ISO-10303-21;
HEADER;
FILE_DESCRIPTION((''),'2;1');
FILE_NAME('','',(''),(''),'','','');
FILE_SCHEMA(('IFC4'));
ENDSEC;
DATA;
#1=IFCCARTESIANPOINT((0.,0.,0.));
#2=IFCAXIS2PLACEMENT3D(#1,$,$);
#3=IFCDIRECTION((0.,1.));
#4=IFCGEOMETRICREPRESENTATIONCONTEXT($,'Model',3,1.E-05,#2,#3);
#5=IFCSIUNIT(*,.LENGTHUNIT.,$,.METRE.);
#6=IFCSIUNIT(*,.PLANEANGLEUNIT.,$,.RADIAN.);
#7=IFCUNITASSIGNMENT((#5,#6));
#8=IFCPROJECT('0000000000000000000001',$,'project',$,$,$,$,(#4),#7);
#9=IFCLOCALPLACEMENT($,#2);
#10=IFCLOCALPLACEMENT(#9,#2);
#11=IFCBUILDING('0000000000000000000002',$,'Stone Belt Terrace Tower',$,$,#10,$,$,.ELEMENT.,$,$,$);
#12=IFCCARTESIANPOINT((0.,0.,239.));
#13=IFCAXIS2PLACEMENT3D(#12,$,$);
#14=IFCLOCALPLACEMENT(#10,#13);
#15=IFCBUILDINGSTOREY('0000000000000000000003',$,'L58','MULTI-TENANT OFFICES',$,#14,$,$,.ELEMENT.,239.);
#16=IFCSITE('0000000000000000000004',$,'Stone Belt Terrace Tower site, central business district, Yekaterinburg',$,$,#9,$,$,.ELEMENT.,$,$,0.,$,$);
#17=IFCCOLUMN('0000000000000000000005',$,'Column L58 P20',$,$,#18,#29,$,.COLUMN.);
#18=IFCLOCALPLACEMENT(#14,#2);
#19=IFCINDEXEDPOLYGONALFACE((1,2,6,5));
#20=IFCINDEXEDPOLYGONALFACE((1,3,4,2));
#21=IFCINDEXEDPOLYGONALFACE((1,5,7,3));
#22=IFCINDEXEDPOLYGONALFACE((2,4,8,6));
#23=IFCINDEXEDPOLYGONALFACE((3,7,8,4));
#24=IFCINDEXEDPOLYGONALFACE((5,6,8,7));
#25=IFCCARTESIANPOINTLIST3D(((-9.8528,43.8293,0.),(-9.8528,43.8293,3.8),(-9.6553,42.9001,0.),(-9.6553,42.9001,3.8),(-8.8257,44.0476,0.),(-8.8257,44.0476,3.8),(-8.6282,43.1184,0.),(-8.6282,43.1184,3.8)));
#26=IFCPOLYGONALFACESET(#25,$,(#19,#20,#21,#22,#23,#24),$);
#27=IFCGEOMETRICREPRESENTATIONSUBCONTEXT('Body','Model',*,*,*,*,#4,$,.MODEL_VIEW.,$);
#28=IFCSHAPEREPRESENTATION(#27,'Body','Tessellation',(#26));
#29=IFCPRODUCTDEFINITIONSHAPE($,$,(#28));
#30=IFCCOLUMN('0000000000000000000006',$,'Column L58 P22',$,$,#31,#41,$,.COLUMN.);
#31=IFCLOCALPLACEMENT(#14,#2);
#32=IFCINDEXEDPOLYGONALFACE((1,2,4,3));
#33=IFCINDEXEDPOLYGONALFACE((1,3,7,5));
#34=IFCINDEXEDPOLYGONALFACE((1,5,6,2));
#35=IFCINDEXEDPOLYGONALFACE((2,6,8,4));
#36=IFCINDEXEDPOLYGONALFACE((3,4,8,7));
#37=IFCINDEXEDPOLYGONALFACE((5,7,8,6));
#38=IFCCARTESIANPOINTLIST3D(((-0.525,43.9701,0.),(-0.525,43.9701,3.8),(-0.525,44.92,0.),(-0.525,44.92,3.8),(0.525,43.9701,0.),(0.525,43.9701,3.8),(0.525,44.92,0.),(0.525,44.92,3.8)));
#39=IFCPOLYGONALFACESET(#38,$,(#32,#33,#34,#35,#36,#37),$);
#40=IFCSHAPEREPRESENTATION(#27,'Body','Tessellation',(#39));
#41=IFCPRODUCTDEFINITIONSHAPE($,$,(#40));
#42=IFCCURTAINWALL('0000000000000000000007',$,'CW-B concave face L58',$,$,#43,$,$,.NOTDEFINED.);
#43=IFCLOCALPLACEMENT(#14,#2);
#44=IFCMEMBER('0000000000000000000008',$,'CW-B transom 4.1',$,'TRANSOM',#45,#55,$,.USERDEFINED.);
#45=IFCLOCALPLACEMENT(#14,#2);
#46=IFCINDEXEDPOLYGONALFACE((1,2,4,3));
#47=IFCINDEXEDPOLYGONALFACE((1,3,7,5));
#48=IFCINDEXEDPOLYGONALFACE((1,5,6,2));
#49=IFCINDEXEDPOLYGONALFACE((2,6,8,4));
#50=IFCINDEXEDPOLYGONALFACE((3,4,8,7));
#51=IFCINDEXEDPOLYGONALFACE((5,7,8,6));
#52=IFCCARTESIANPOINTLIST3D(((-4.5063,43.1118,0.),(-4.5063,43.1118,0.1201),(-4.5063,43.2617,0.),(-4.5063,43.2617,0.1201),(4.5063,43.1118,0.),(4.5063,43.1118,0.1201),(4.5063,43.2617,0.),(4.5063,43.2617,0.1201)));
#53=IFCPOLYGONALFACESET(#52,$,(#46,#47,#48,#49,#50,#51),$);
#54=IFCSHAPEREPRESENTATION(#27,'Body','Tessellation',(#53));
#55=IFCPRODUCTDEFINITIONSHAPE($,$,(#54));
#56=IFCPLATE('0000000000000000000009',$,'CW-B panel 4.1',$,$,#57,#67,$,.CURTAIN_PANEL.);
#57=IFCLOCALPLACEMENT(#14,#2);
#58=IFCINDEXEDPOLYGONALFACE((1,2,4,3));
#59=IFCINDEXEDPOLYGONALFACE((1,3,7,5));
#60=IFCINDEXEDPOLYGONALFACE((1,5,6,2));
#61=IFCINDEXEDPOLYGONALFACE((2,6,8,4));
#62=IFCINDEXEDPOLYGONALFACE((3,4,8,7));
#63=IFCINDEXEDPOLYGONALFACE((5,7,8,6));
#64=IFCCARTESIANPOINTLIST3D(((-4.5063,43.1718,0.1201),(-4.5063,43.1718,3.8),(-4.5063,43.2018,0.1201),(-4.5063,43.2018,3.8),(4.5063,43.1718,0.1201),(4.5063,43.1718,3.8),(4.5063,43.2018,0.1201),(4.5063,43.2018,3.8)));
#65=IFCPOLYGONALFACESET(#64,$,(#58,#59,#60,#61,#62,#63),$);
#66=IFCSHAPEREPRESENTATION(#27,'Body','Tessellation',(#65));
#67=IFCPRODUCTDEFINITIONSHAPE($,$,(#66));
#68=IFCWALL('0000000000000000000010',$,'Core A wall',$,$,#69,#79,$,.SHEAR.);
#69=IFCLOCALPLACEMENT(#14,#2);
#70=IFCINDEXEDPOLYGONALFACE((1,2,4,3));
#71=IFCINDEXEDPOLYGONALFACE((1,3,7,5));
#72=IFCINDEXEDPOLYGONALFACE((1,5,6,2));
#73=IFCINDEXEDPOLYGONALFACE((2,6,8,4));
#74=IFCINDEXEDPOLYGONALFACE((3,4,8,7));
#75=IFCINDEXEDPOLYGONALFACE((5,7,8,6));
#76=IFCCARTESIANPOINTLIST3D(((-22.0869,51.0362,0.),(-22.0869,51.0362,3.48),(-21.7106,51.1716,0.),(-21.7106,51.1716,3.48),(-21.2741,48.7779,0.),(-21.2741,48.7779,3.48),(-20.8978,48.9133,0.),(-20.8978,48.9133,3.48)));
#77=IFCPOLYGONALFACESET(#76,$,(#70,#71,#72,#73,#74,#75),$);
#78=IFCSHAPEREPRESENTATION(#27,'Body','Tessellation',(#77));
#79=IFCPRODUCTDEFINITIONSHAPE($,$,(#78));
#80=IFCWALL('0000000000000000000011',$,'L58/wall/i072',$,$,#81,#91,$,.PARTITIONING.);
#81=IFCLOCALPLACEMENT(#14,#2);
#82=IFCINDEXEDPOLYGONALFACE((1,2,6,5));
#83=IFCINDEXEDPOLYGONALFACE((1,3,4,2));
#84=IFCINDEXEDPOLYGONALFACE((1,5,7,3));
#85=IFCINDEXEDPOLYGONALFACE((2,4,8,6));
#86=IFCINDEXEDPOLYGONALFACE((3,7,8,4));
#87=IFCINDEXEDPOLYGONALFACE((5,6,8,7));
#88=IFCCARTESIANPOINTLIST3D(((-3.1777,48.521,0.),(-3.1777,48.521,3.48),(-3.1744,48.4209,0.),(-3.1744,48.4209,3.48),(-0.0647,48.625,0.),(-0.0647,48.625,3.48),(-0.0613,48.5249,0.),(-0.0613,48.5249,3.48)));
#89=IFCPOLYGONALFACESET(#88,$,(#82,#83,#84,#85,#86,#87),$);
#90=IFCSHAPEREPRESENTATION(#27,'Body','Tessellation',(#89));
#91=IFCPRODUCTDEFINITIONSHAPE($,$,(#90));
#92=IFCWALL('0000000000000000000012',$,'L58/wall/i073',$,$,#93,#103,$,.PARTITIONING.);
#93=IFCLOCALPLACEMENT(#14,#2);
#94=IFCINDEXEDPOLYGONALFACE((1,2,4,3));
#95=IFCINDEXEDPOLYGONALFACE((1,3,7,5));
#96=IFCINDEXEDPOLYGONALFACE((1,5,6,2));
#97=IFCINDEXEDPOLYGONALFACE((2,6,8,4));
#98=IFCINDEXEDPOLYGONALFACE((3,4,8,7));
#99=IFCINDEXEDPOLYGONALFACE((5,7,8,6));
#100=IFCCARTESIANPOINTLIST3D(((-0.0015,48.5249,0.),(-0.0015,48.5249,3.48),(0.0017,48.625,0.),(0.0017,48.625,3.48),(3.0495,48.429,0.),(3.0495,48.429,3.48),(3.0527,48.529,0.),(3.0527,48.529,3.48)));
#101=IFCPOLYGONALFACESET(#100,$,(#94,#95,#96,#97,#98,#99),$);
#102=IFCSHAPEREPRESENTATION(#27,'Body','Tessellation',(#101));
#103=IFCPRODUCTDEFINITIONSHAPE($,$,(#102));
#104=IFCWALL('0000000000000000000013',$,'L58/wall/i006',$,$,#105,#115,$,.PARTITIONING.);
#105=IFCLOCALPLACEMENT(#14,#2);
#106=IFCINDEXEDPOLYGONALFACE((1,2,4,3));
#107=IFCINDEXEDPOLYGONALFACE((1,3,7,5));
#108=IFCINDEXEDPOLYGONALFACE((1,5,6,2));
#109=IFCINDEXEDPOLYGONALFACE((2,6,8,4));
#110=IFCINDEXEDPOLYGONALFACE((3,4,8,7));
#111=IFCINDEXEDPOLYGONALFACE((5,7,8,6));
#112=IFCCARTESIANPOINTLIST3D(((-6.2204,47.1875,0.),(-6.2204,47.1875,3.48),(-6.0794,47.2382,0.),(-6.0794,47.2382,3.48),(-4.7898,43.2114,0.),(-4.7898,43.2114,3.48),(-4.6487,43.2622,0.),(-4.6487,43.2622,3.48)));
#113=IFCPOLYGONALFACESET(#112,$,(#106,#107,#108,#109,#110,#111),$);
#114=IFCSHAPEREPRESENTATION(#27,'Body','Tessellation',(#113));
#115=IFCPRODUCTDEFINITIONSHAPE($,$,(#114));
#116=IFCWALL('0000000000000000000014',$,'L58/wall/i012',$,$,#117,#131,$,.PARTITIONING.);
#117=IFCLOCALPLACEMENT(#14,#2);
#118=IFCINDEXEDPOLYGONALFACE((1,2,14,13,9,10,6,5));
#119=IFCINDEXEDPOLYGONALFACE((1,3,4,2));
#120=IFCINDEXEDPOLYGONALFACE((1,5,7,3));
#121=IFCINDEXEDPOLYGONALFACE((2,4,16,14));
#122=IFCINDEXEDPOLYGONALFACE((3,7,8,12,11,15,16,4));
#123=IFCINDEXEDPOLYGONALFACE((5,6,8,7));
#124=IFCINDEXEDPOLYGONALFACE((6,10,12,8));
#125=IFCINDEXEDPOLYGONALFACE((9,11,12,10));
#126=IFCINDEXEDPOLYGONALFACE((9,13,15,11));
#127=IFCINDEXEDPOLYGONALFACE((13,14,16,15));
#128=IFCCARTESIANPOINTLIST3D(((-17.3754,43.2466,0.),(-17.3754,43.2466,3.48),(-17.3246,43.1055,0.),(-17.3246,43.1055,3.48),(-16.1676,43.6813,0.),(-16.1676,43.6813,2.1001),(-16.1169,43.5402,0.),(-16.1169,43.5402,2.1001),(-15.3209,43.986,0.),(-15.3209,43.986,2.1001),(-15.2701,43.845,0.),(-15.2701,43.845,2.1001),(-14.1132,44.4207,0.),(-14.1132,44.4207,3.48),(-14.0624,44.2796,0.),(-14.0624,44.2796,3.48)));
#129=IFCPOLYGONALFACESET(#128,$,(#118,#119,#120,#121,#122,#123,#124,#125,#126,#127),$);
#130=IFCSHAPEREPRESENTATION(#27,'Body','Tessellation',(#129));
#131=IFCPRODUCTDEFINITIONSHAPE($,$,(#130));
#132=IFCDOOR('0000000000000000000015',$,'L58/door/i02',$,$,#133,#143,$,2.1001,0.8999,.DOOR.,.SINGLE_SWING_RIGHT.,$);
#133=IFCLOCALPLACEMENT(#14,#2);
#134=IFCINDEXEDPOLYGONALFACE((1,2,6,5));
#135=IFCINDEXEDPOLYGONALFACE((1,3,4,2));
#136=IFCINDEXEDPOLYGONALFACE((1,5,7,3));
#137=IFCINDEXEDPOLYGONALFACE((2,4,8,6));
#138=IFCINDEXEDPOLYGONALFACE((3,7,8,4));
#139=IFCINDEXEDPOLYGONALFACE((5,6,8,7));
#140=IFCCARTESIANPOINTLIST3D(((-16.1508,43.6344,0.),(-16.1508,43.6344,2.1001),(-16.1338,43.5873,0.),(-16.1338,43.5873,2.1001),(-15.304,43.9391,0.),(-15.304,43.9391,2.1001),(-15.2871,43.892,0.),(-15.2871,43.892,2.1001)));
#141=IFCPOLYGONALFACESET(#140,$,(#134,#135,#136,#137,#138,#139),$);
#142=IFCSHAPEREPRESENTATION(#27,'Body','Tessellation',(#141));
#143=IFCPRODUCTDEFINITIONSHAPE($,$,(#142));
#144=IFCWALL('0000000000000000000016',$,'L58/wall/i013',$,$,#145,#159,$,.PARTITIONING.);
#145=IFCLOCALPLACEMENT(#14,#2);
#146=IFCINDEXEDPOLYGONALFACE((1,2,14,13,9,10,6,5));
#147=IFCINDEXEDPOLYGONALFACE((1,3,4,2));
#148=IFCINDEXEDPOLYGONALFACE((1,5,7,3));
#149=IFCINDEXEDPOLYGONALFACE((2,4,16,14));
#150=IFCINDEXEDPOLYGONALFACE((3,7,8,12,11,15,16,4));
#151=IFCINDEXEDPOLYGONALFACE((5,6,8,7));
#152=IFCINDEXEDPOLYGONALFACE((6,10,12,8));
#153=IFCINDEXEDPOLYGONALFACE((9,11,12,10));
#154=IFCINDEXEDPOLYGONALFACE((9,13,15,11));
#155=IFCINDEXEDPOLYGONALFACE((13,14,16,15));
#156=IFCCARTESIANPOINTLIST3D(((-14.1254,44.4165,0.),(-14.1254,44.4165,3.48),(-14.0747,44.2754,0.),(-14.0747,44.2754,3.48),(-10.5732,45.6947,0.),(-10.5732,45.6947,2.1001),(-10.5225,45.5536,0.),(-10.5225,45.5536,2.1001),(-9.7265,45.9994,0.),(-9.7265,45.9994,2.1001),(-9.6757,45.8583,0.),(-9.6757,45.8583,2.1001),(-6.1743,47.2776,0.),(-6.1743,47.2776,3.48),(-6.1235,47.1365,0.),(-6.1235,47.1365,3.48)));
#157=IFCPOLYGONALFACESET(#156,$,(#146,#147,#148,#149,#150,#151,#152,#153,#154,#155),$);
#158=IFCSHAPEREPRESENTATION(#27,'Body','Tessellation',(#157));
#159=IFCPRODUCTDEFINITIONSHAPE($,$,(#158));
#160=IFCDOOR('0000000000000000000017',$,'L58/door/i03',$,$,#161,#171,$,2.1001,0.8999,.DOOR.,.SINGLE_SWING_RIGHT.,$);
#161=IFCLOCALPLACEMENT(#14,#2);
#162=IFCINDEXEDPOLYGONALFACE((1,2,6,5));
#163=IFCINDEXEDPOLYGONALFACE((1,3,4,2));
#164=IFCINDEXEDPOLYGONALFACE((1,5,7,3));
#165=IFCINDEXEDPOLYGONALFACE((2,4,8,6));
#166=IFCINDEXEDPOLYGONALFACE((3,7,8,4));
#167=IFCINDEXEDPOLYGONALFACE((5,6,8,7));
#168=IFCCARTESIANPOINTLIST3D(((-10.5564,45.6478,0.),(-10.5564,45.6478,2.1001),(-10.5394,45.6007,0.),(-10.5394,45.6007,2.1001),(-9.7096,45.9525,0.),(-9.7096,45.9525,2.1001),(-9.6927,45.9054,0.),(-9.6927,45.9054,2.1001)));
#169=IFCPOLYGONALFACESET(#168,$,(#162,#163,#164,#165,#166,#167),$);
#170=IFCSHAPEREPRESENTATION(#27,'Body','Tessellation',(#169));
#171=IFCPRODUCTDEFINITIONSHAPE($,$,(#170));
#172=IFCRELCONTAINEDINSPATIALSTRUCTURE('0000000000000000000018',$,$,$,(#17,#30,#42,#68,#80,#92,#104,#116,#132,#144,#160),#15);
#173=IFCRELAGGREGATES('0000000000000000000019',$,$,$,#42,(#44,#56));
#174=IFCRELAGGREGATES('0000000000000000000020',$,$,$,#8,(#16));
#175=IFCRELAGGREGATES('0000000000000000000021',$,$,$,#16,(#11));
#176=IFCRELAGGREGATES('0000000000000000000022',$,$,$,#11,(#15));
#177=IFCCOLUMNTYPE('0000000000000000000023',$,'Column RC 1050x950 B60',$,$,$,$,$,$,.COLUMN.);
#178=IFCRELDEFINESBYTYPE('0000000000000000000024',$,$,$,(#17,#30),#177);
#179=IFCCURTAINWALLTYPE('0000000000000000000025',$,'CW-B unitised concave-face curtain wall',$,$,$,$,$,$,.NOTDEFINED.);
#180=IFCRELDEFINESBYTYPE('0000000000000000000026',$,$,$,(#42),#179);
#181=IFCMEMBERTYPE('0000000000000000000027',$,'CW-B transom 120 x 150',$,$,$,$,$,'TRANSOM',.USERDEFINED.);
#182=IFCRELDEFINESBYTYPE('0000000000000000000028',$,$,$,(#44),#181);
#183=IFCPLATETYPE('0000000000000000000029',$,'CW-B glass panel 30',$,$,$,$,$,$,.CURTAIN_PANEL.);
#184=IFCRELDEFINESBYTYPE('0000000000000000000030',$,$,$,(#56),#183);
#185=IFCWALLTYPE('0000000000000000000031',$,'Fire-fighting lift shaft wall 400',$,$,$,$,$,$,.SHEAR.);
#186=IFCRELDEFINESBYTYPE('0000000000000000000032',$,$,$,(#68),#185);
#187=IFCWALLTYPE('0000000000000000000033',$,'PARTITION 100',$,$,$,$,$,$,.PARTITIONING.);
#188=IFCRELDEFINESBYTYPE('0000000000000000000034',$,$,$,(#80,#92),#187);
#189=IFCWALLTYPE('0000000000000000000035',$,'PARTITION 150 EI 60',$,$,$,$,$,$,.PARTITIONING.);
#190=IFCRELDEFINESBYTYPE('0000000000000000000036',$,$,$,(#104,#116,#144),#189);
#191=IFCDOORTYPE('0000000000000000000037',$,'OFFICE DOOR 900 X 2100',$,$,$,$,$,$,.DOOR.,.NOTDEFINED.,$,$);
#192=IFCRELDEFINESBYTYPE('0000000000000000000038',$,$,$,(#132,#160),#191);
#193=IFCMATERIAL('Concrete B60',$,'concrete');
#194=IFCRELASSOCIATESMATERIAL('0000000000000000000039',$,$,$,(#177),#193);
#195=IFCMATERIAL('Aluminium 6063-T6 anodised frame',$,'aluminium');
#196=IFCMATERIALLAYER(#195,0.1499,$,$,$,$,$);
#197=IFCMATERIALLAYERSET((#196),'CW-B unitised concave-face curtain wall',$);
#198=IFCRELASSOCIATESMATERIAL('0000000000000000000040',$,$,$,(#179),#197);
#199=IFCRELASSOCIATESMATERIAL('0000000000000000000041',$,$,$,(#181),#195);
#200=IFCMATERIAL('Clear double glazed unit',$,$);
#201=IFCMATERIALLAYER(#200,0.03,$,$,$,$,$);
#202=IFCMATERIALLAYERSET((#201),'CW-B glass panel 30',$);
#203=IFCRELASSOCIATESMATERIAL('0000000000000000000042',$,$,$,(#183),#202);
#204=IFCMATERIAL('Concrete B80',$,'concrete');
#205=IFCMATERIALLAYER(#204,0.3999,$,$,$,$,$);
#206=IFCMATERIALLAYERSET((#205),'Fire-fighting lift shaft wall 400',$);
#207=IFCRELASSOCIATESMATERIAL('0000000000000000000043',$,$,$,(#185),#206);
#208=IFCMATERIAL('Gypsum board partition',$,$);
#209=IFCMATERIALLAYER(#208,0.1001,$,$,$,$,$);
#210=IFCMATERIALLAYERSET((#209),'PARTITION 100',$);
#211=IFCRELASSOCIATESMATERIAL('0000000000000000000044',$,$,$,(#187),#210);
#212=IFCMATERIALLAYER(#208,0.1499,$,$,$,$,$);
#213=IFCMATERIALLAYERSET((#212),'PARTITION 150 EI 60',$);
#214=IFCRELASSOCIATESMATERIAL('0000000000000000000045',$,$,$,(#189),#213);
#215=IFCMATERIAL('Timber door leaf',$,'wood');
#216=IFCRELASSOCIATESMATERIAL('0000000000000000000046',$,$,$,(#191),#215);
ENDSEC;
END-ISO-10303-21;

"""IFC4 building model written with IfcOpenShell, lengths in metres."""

from ifc_helpers import new_model, si_unit, direction, frame, frame_2d, origin, origin_2d, place, context, subcontext, project, spatial, rectangle, extrude, material, layer, layer_set, material_profile, profile_set, type_object, element, fill, aggregate, save


model = new_model("IFC4")

# Units and contexts
model_context = context("Model", 3, precision=1e-05, world=origin(), true_north=direction((0.0, 1.0)))
body_context = subcontext(model_context, "Body", "Model", "MODEL_VIEW")
ifc_project = project(units=[si_unit("LENGTHUNIT", "METRE"), si_unit("PLANEANGLEUNIT", "RADIAN")], contexts=[model_context])

# Site, building, storey
site_placement = place(None, origin())
site = spatial("IfcSite", under=ifc_project, at=site_placement, Name="Stone Belt Terrace Tower site, central business district, Yekaterinburg", CompositionType="ELEMENT", RefElevation=0.0)
building_placement = place(site_placement, origin())
building = spatial("IfcBuilding", under=site, at=building_placement, Name="Stone Belt Terrace Tower", CompositionType="ELEMENT")
storey_placement = place(building_placement, frame((0.0, 0.0, 239.0)))
storey = spatial("IfcBuildingStorey", under=building, at=storey_placement, Name="L58", Description="MULTI-TENANT OFFICES", CompositionType="ELEMENT", Elevation=239.0)

# Columns
ifc_material_1 = material(Name="Concrete B60", Category="concrete")
ifc_material_profile_1 = material_profile(ifc_material_1, rectangle(XDim=1.05, YDim=0.95, at=origin_2d()), Name="RC 1050x950")
ifc_profile_set_1 = profile_set([ifc_material_profile_1], Name="Concrete B60")
column_type = type_object("IfcColumnType", Name="Column RC 1050x950 B60", PredefinedType="COLUMN", material=ifc_profile_set_1)
for number, where, z_axis, x_axis, name in (
    (1, (-9.2405, 43.4739, 0.0), (0.0, 0.0, 1.0), (0.978148, 0.207912, 0.0), "Column L58 P20"),
    (2, (0.0, 44.4451, 0.0), (0.0, 0.0, 1.0), (1.0, 0.0, 0.0), "Column L58 P22"),
):
    element("IfcColumn", number, at=place(storey_placement, frame(where, z_axis=z_axis, x_axis=x_axis)), inside=storey, type_object=column_type, Name=name, PredefinedType="COLUMN", context=body_context, shape_type="SweptSolid", body=[
        extrude(rectangle(XDim=1.05, YDim=0.95, at=origin_2d()), origin(), (0.0, 0.0, 1.0), 3.8),
    ])

# Curtain wall, member, plate
ifc_material_2 = material(Name="Aluminium 6063-T6 anodised frame", Category="aluminium")
ifc_layer_1 = layer(ifc_material_2, 0.1499)
ifc_layer_set_1 = layer_set([ifc_layer_1], Name="CW-B unitised concave-face curtain wall")
curtain_wall_type = type_object("IfcCurtainWallType", Name="CW-B unitised concave-face curtain wall", PredefinedType="NOTDEFINED", material=ifc_layer_set_1)
curtain_wall_placement = place(storey_placement, origin())
curtain_wall = element("IfcCurtainWall", 3, at=curtain_wall_placement, inside=storey, type_object=curtain_wall_type, Name="CW-B concave face L58", PredefinedType="NOTDEFINED")
ifc_material_profile_2 = material_profile(ifc_material_2, rectangle(XDim=0.1499, YDim=0.1201, at=origin_2d()), Name="Aluminium 6063-T6 150x120")
ifc_profile_set_2 = profile_set([ifc_material_profile_2], Name="Aluminium 6063-T6 anodised frame")
member_type = type_object("IfcMemberType", Name="CW-B transom 120 x 150", ElementType="TRANSOM", PredefinedType="USERDEFINED", material=ifc_profile_set_2)
member_placement = place(storey_placement, frame((-4.5063, 43.1868, 0.0601), z_axis=(1.0, 0.0, 0.0), x_axis=(0.0, 1.0, 0.0)))
member = element("IfcMember", 4, at=member_placement, type_object=member_type, Name="CW-B transom 4.1", ObjectType="TRANSOM", PredefinedType="USERDEFINED", context=body_context, shape_type="SweptSolid", body=[
    extrude(rectangle(XDim=0.1499, YDim=0.1201, at=origin_2d()), origin(), (0.0, 0.0, 1.0), 9.0127),
])
ifc_material_3 = material(Name="Clear double glazed unit")
ifc_layer_2 = layer(ifc_material_3, 0.03)
ifc_layer_set_2 = layer_set([ifc_layer_2], Name="CW-B glass panel 30")
plate_type = type_object("IfcPlateType", Name="CW-B glass panel 30", PredefinedType="CURTAIN_PANEL", material=ifc_layer_set_2)
plate_placement = place(storey_placement, frame((0.0, 43.1868, 0.1201), z_axis=(0.0, 0.0, 1.0), x_axis=(1.0, 0.0, 0.0)))
plate = element("IfcPlate", 5, at=plate_placement, type_object=plate_type, Name="CW-B panel 4.1", PredefinedType="CURTAIN_PANEL", context=body_context, shape_type="SweptSolid", body=[
    extrude(rectangle(XDim=9.0127, YDim=0.03, at=origin_2d()), origin(), (0.0, 0.0, 1.0), 3.6799),
])
aggregate(curtain_wall, [member, plate])

# Walls
ifc_material_4 = material(Name="Concrete B80", Category="concrete")
ifc_layer_3 = layer(ifc_material_4, 0.3999)
ifc_layer_set_3 = layer_set([ifc_layer_3], Name="Fire-fighting lift shaft wall 400")
wall_type_1 = type_object("IfcWallType", Name="Fire-fighting lift shaft wall 400", PredefinedType="SHEAR", material=ifc_layer_set_3)
wall_1_placement = place(storey_placement, frame((-21.0859, 48.8455, 0.0), z_axis=(0.0, 0.0, 1.0), x_axis=(-0.338629, 0.94092, 0.0)))
element("IfcWall", 6, at=wall_1_placement, inside=storey, type_object=wall_type_1, Name="Core A wall", PredefinedType="SHEAR", context=body_context, shape_type="SweptSolid", body=[
    extrude(rectangle(XDim=2.4001, YDim=0.3999, at=frame_2d((1.2002, 0.0))), origin(), (0.0, 0.0, 1.0), 3.48),
])
ifc_material_5 = material(Name="Gypsum board partition")
ifc_layer_4 = layer(ifc_material_5, 0.1001)
ifc_layer_set_4 = layer_set([ifc_layer_4], Name="PARTITION 100")
wall_type_2 = type_object("IfcWallType", Name="PARTITION 100", PredefinedType="PARTITIONING", material=ifc_layer_set_4)
wall_2_placement = place(storey_placement, frame((-3.176, 48.4709, 0.0), z_axis=(0.0, 0.0, 1.0), x_axis=(0.999442, 0.033391, 0.0)))
element("IfcWall", 7, at=wall_2_placement, inside=storey, type_object=wall_type_2, Name="L58/wall/i072", PredefinedType="PARTITIONING", context=body_context, shape_type="SweptSolid", body=[
    extrude(rectangle(XDim=3.1147, YDim=0.1001, at=frame_2d((1.5574, 0.0))), origin(), (0.0, 0.0, 1.0), 3.48),
])
wall_3_placement = place(storey_placement, frame((0.0, 48.575, 0.0), z_axis=(0.0, 0.0, 1.0), x_axis=(0.999506, -0.031432, 0.0)))
element("IfcWall", 8, at=wall_3_placement, inside=storey, type_object=wall_type_2, Name="L58/wall/i073", PredefinedType="PARTITIONING", context=body_context, shape_type="SweptSolid", body=[
    extrude(rectangle(XDim=3.0525, YDim=0.1001, at=frame_2d((1.5264, 0.0))), origin(), (0.0, 0.0, 1.0), 3.48),
])
ifc_layer_5 = layer(ifc_material_5, 0.1499)
ifc_layer_set_5 = layer_set([ifc_layer_5], Name="PARTITION 150 EI 60")
wall_type_3 = type_object("IfcWallType", Name="PARTITION 150 EI 60", PredefinedType="PARTITIONING", material=ifc_layer_set_5)
wall_4_placement = place(storey_placement, frame((-4.7192, 43.2368, 0.0), z_axis=(0.0, 0.0, 1.0), x_axis=(-0.338568, 0.940942, 0.0)))
element("IfcWall", 9, at=wall_4_placement, inside=storey, type_object=wall_type_3, Name="L58/wall/i006", PredefinedType="PARTITIONING", context=body_context, shape_type="SweptSolid", body=[
    extrude(rectangle(XDim=4.2256, YDim=0.1499, at=frame_2d((2.1128, 0.0))), origin(), (0.0, 0.0, 1.0), 3.48),
])

# Walls, openings, doors
wall_5_placement = place(storey_placement, frame((-14.0879, 44.3501, 0.0), z_axis=(0.0, 0.0, 1.0), x_axis=(-0.940917, -0.338637, 0.0)))
wall_5 = element("IfcWall", 10, at=wall_5_placement, inside=storey, type_object=wall_type_3, Name="L58/wall/i012", PredefinedType="PARTITIONING", context=body_context, shape_type="SweptSolid", body=[
    extrude(rectangle(XDim=3.467, YDim=0.1499, at=frame_2d((1.7334, 0.0))), origin(), (0.0, 0.0, 1.0), 3.48),
])
opening_1_placement = place(wall_5_placement, frame((1.2834, 0.0, 0.0)))
opening_1 = element("IfcOpeningElement", 11, at=opening_1_placement, cuts=wall_5, PredefinedType="OPENING", context=body_context, shape_type="SweptSolid", body=[
    extrude(rectangle(XDim=0.8999, YDim=2.1001, at=frame_2d((0.45, 1.05))), frame((0.0, 0.085, 0.0), z_axis=(0.0, -1.0, 0.0), x_axis=(1.0, 0.0, 0.0)), (0.0, 0.0, 1.0), 0.1699),
])
ifc_material_6 = material(Name="Timber door leaf", Category="wood")
door_type_1 = type_object("IfcDoorType", Name="OFFICE DOOR 900 X 2100", OperationType="NOTDEFINED", PredefinedType="DOOR", material=ifc_material_6)
door_1_placement = place(opening_1_placement, origin())
door_1 = element("IfcDoor", 12, at=door_1_placement, inside=storey, type_object=door_type_1, Name="L58/door/i02", OperationType="SINGLE_SWING_RIGHT", OverallHeight=2.1001, OverallWidth=0.8999, PredefinedType="DOOR", context=body_context, shape_type="SweptSolid", body=[
    extrude(rectangle(XDim=0.8999, YDim=2.1001, at=frame_2d((0.45, 1.05))), frame((0.0, 0.0249, 0.0), z_axis=(0.0, -1.0, 0.0), x_axis=(1.0, 0.0, 0.0)), (0.0, 0.0, 1.0), 0.05),
])
fill(opening_1, door_1)
wall_6_placement = place(storey_placement, frame((-6.1489, 47.207, 0.0), z_axis=(0.0, 0.0, 1.0), x_axis=(-0.940938, -0.338579, 0.0)))
wall_6 = element("IfcWall", 13, at=wall_6_placement, inside=storey, type_object=wall_type_3, Name="L58/wall/i013", PredefinedType="PARTITIONING", context=body_context, shape_type="SweptSolid", body=[
    extrude(rectangle(XDim=8.4502, YDim=0.1499, at=frame_2d((4.2251, 0.0))), origin(), (0.0, 0.0, 1.0), 3.48),
])
opening_2_placement = place(wall_6_placement, frame((3.7751, 0.0, 0.0)))
opening_2 = element("IfcOpeningElement", 14, at=opening_2_placement, cuts=wall_6, PredefinedType="OPENING", context=body_context, shape_type="SweptSolid", body=[
    extrude(rectangle(XDim=0.8999, YDim=2.1001, at=frame_2d((0.45, 1.05))), frame((0.0, 0.085, 0.0), z_axis=(0.0, -1.0, 0.0), x_axis=(1.0, 0.0, 0.0)), (0.0, 0.0, 1.0), 0.1699),
])
door_2_placement = place(opening_2_placement, origin())
door_2 = element("IfcDoor", 15, at=door_2_placement, inside=storey, type_object=door_type_1, Name="L58/door/i03", OperationType="SINGLE_SWING_RIGHT", OverallHeight=2.1001, OverallWidth=0.8999, PredefinedType="DOOR", context=body_context, shape_type="SweptSolid", body=[
    extrude(rectangle(XDim=0.8999, YDim=2.1001, at=frame_2d((0.45, 1.05))), frame((0.0, 0.0249, 0.0), z_axis=(0.0, -1.0, 0.0), x_axis=(1.0, 0.0, 0.0)), (0.0, 0.0, 1.0), 0.05),
])
fill(opening_2, door_2)

save(model, "model.ifc")
